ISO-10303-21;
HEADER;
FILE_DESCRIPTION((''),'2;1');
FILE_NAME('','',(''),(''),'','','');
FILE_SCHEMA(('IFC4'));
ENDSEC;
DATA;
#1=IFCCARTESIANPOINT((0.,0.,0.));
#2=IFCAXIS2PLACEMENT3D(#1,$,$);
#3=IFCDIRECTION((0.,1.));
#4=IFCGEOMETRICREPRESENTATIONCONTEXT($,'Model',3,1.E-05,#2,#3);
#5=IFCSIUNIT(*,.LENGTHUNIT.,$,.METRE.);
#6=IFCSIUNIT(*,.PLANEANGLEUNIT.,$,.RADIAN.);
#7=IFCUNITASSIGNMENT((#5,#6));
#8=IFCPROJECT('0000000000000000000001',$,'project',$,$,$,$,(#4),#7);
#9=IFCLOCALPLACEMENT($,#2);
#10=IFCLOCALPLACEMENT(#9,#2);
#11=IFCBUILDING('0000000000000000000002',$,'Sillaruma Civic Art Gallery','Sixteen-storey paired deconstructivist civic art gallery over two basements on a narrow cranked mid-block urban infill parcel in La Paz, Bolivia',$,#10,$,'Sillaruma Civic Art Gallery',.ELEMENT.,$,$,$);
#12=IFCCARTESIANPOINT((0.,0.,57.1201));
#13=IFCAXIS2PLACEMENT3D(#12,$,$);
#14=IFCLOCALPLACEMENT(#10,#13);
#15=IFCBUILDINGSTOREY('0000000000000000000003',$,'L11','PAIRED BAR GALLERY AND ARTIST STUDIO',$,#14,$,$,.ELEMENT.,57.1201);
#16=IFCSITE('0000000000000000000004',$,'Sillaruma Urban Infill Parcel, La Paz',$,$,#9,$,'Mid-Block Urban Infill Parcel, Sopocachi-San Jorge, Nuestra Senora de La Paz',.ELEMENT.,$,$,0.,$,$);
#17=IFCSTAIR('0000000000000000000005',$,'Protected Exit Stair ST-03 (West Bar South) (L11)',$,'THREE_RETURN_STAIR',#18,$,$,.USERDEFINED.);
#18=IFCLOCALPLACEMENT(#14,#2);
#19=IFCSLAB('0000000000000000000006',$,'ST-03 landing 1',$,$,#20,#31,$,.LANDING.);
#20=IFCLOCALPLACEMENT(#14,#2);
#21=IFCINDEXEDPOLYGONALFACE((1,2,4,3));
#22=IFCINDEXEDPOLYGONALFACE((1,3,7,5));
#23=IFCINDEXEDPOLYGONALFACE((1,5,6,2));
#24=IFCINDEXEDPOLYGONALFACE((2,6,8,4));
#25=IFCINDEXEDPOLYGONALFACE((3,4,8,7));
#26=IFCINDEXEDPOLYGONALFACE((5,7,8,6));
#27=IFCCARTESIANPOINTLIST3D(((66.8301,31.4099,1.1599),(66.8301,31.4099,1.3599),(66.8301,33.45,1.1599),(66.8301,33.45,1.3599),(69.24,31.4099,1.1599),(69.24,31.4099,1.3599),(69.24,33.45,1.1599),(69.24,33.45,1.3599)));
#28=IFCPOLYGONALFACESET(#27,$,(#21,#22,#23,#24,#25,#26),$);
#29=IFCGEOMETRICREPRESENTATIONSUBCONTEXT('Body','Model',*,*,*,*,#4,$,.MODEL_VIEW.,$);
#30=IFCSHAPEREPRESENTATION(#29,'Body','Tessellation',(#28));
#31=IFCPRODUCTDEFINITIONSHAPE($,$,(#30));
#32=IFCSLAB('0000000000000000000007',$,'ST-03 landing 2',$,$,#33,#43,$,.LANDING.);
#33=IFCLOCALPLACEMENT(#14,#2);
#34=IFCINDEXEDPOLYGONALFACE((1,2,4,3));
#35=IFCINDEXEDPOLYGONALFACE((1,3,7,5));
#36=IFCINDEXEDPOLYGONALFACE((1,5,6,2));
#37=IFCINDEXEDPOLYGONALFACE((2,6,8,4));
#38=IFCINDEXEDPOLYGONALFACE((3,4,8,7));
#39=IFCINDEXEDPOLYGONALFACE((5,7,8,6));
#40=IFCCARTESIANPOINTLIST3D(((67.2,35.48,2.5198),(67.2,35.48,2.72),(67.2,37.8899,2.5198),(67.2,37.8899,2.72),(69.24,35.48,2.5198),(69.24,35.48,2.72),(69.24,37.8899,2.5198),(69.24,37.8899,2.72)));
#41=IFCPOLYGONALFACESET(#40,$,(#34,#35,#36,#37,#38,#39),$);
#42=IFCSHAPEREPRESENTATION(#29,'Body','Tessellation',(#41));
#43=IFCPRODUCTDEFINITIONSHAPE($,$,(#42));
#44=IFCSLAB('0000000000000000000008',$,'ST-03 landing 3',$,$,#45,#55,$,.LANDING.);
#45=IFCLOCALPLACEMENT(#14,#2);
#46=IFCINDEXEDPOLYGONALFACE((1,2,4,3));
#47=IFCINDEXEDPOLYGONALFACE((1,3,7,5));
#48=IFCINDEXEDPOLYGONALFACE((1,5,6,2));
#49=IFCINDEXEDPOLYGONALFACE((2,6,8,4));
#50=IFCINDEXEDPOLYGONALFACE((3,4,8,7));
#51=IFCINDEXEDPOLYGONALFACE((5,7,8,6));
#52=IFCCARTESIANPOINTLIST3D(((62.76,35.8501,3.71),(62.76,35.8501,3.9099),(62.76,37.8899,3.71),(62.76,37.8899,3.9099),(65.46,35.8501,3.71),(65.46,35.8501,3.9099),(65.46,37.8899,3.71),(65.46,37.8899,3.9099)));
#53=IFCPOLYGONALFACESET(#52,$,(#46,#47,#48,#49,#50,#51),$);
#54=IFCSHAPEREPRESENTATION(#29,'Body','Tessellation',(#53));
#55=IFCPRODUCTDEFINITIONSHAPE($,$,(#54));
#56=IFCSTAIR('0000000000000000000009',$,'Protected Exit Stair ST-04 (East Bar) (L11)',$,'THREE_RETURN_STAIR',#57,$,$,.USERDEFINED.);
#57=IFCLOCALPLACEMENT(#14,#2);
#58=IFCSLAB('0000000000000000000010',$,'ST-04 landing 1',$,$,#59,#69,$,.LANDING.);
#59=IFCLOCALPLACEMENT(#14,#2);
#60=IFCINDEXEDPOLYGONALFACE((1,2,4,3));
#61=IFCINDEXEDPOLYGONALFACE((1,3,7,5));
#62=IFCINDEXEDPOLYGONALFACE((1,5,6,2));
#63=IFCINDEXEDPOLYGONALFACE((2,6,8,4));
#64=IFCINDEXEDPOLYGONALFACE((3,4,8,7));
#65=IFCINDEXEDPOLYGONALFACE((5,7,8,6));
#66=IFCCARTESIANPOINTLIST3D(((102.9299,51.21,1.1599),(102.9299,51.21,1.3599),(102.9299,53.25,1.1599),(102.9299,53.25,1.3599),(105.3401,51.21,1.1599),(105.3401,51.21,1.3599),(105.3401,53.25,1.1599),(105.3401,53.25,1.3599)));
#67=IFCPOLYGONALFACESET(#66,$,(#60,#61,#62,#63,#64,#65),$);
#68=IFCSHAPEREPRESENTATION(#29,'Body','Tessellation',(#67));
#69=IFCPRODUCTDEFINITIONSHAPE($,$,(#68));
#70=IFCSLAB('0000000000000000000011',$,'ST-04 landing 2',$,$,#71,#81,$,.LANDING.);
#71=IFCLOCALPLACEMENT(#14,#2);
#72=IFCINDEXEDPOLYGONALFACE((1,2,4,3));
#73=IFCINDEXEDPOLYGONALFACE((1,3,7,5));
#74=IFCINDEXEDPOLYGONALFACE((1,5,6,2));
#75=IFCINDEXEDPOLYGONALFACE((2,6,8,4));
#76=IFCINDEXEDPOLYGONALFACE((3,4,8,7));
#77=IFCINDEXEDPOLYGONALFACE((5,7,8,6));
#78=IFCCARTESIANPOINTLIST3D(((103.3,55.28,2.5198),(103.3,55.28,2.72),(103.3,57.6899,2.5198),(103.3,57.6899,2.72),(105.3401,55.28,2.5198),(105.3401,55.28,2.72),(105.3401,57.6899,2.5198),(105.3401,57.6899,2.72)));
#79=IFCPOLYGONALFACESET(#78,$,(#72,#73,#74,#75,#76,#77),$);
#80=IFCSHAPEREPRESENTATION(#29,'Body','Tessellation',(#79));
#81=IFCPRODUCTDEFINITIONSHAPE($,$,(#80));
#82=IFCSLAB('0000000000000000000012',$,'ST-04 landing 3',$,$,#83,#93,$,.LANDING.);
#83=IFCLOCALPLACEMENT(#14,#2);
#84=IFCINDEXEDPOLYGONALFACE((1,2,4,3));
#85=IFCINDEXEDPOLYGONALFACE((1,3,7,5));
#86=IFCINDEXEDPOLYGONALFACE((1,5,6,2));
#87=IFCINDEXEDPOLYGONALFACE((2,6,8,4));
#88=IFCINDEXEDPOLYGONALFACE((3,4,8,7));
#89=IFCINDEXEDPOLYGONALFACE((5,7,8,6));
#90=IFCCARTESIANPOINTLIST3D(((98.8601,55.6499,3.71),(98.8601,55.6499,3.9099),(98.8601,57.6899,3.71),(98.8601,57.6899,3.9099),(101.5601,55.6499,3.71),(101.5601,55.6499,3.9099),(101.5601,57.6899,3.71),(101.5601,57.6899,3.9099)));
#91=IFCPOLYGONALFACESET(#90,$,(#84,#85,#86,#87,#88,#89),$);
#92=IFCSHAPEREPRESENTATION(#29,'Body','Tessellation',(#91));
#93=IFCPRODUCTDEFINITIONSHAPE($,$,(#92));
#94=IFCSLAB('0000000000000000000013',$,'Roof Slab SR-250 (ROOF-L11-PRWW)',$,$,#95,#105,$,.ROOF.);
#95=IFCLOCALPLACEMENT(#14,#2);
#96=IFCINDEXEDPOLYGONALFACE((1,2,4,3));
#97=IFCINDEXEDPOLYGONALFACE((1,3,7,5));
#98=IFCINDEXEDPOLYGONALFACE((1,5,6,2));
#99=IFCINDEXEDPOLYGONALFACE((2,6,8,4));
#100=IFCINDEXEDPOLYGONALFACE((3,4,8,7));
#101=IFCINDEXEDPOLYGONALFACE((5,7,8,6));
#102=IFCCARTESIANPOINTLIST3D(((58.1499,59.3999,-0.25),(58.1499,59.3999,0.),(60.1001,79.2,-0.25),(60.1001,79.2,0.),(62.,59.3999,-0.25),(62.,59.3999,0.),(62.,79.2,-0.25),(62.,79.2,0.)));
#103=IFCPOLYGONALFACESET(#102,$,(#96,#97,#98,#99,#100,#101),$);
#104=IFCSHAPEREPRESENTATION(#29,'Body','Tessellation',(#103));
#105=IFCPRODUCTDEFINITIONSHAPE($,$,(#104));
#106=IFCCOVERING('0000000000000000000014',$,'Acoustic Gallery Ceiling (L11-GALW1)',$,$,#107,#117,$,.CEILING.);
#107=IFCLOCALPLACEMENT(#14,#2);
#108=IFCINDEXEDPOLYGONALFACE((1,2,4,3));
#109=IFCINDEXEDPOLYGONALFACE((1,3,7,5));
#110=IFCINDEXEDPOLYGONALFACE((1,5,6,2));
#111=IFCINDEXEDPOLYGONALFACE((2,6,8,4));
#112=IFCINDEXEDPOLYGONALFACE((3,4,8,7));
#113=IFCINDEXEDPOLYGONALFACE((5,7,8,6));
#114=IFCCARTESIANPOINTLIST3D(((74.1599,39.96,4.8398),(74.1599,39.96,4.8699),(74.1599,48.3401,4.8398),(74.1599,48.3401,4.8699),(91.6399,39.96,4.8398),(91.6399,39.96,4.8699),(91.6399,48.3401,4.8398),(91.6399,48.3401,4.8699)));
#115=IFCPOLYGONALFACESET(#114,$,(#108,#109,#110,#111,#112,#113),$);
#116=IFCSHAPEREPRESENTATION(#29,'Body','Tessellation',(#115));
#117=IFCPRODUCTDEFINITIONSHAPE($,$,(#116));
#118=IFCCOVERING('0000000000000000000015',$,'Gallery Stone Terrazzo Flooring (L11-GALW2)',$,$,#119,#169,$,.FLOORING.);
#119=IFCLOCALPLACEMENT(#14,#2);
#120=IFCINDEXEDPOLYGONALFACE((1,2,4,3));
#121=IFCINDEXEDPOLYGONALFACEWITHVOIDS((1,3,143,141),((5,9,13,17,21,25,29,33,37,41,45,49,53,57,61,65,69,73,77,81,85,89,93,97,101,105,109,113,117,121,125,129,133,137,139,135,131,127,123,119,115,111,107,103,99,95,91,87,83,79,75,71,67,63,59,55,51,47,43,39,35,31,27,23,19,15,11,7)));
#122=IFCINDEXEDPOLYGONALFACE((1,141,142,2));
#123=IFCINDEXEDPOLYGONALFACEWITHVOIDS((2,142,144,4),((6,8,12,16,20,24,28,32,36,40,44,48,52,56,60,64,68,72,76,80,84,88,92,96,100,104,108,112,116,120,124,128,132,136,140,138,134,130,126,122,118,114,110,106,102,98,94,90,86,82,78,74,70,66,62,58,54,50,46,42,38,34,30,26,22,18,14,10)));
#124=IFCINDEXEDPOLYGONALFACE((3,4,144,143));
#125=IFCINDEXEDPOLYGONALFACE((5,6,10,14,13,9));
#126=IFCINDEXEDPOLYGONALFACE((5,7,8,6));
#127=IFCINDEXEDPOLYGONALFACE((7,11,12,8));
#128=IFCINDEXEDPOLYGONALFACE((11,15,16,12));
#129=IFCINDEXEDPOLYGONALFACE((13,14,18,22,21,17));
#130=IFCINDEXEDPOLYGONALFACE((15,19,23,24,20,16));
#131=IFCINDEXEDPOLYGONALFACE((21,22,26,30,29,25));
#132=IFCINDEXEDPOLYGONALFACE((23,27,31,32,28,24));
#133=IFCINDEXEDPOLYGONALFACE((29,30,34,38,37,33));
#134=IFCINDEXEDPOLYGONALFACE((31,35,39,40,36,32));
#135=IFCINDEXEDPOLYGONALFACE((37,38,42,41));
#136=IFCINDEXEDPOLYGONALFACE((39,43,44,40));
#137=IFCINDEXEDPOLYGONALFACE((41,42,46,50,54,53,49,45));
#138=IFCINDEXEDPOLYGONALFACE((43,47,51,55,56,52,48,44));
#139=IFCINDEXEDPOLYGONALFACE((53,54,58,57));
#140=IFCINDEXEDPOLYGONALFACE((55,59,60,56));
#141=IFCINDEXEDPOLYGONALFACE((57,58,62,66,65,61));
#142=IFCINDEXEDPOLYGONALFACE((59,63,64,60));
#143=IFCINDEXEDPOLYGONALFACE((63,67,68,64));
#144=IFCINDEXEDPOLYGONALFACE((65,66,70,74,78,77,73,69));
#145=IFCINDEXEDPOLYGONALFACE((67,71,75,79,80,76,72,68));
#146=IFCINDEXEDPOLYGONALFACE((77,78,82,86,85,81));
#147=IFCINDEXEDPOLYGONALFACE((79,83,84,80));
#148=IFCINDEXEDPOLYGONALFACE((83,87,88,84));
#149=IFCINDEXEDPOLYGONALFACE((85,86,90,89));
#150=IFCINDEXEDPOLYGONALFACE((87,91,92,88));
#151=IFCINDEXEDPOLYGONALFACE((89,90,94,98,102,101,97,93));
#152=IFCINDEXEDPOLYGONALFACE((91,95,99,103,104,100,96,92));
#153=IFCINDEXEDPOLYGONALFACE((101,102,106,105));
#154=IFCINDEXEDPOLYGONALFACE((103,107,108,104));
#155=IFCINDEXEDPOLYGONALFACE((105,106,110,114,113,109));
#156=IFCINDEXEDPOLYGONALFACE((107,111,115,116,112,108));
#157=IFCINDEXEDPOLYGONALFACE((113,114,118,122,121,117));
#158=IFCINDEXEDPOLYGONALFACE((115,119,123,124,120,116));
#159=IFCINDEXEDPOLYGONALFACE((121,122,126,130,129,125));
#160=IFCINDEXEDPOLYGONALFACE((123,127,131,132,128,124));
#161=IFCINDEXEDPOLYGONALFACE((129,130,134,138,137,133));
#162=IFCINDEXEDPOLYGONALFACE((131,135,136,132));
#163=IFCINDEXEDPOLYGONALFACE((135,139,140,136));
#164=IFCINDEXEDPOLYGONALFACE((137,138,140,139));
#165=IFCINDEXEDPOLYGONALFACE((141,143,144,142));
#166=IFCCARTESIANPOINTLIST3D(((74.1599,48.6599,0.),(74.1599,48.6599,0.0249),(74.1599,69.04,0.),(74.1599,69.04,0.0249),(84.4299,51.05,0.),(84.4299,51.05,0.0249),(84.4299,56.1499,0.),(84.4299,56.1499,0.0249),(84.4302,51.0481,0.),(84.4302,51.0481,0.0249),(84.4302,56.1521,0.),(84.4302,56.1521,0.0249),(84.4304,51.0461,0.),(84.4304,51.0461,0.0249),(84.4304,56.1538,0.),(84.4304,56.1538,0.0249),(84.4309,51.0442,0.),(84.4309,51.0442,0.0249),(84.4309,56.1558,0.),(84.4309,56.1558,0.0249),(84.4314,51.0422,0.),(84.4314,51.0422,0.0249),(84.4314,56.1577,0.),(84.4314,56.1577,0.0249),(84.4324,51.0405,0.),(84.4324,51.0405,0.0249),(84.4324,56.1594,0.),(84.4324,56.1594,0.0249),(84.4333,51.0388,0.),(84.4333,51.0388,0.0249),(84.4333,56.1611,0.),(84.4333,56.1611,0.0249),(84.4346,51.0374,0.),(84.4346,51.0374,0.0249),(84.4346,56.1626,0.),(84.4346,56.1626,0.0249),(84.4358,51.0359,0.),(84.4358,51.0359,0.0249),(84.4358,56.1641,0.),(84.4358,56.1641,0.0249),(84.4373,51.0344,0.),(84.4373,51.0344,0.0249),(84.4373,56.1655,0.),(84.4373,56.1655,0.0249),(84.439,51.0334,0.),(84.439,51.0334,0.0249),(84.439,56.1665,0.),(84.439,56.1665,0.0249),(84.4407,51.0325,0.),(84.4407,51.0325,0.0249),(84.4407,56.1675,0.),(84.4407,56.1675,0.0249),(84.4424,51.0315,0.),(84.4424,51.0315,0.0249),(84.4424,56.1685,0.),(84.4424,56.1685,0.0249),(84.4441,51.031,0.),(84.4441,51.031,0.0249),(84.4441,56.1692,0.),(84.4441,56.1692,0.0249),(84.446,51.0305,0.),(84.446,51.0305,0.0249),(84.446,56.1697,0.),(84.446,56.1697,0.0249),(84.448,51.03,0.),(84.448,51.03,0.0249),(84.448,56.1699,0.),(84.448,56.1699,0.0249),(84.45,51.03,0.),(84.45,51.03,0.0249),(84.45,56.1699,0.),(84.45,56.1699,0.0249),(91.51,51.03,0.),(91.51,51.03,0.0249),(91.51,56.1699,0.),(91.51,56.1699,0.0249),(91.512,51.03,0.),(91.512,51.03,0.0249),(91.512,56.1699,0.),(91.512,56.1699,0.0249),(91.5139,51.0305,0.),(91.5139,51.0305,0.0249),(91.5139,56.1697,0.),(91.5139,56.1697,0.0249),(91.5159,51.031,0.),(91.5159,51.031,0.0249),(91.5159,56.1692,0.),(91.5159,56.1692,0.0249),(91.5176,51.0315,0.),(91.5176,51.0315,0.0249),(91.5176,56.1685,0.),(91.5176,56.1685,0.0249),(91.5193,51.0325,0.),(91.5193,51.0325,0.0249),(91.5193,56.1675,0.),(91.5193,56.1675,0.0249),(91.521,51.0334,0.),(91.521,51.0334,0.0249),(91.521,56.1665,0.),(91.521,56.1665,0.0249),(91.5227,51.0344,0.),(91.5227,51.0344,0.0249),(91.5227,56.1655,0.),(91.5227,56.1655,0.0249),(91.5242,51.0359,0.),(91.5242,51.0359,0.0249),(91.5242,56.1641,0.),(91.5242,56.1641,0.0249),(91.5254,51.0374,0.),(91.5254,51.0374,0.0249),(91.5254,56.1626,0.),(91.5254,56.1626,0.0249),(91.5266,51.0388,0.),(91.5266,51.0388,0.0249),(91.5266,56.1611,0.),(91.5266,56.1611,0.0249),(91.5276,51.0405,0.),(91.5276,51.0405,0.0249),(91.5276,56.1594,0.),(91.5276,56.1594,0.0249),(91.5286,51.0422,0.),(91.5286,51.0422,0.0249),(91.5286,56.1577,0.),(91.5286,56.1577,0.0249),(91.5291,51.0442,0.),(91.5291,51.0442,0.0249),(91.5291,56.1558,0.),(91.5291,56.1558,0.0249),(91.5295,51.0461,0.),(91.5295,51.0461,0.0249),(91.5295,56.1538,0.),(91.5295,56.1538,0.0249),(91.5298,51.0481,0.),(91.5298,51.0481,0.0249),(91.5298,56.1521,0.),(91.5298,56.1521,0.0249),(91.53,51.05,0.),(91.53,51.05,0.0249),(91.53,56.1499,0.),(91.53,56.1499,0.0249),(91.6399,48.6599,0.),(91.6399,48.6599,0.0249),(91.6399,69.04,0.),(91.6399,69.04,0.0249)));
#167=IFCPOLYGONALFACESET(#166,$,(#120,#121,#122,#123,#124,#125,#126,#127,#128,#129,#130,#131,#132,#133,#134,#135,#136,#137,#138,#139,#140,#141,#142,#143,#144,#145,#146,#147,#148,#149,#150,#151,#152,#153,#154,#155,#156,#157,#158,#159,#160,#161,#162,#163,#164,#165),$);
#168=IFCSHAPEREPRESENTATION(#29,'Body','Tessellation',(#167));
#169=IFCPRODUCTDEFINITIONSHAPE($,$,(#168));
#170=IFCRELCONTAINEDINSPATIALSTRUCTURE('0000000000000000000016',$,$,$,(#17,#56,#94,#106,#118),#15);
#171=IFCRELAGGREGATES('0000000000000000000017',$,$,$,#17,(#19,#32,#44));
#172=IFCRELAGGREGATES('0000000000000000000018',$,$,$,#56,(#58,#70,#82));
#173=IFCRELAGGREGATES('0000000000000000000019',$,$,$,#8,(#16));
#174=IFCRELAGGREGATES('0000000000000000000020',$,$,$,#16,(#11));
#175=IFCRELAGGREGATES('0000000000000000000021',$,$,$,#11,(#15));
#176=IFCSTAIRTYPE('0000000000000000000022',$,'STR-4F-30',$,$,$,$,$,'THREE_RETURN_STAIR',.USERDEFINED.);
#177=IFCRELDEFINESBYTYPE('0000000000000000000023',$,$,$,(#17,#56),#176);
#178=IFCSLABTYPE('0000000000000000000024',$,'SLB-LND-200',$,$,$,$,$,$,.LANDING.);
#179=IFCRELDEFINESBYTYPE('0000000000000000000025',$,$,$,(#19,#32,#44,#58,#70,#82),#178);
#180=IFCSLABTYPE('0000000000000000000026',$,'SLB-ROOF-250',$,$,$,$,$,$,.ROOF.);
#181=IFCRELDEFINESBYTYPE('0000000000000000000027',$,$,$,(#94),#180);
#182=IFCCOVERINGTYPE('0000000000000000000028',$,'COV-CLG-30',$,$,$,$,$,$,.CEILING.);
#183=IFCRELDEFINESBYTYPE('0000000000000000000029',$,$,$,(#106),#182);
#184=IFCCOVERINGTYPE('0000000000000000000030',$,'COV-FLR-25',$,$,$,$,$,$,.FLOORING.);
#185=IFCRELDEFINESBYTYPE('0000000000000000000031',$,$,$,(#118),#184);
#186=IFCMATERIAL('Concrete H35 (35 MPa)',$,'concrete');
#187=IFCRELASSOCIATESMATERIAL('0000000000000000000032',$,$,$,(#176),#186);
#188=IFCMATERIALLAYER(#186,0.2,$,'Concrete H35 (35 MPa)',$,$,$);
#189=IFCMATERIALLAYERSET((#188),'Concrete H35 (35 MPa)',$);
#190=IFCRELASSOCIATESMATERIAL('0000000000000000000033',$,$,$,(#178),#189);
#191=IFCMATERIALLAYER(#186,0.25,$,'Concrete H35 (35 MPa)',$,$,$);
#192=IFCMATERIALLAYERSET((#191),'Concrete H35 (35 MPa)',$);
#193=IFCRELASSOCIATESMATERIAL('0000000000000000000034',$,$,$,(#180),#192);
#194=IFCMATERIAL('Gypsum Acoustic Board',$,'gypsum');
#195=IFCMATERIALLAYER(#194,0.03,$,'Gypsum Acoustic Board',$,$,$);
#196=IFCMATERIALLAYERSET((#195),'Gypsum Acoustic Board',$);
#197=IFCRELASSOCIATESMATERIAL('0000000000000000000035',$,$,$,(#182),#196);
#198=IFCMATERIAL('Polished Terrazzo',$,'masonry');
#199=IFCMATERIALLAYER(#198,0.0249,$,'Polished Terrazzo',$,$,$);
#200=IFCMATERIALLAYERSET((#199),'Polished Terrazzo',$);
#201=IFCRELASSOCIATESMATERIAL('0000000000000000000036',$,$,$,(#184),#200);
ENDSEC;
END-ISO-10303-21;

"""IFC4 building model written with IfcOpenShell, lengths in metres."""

from ifc_helpers import new_model, si_unit, direction, frame, origin, place, context, subcontext, project, spatial, polyline, outline, extrude, material, layer, layer_set, type_object, element, aggregate, save


model = new_model("IFC4")

# Units and contexts
model_context = context("Model", 3, precision=1e-05, world=origin(), true_north=direction((0.0, 1.0)))
body_context = subcontext(model_context, "Body", "Model", "MODEL_VIEW")
ifc_project = project(units=[si_unit("LENGTHUNIT", "METRE"), si_unit("PLANEANGLEUNIT", "RADIAN")], contexts=[model_context])

# Site, building, storey
site_placement = place(None, origin())
site = spatial("IfcSite", under=ifc_project, at=site_placement, Name="Sillaruma Urban Infill Parcel, La Paz", LongName="Mid-Block Urban Infill Parcel, Sopocachi-San Jorge, Nuestra Senora de La Paz", CompositionType="ELEMENT", RefElevation=0.0)
building_placement = place(site_placement, origin())
building = spatial("IfcBuilding", under=site, at=building_placement, Name="Sillaruma Civic Art Gallery", Description="Sixteen-storey paired deconstructivist civic art gallery over two basements on a narrow cranked mid-block urban infill parcel in La Paz, Bolivia", LongName="Sillaruma Civic Art Gallery", CompositionType="ELEMENT")
storey_placement = place(building_placement, frame((0.0, 0.0, 57.1201)))
storey = spatial("IfcBuildingStorey", under=building, at=storey_placement, Name="L11", Description="PAIRED BAR GALLERY AND ARTIST STUDIO", CompositionType="ELEMENT", Elevation=57.1201)

# Shared definitions
ifc_material_1 = material(Name="Concrete H35 (35 MPa)", Category="concrete")

# Stairs, slabs
stair_type_1 = type_object("IfcStairType", Name="STR-4F-30", ElementType="THREE_RETURN_STAIR", PredefinedType="USERDEFINED", material=ifc_material_1)
ifc_layer_1 = layer(ifc_material_1, 0.2, Name="Concrete H35 (35 MPa)")
ifc_layer_set_1 = layer_set([ifc_layer_1], Name="Concrete H35 (35 MPa)")
slab_type_1 = type_object("IfcSlabType", Name="SLB-LND-200", PredefinedType="LANDING", material=ifc_layer_set_1)
stair_1_placement = place(storey_placement, origin())
stair_1 = element("IfcStair", 1, at=stair_1_placement, inside=storey, type_object=stair_type_1, Name="Protected Exit Stair ST-03 (West Bar South) (L11)", ObjectType="THREE_RETURN_STAIR", PredefinedType="USERDEFINED")
slab_1_placement = place(storey_placement, frame((0.0, 0.0, 1.1599)))
slab_1 = element("IfcSlab", 2, at=slab_1_placement, type_object=slab_type_1, Name="ST-03 landing 1", PredefinedType="LANDING", context=body_context, shape_type="SweptSolid", body=[
    extrude(outline(polyline([(66.8301, 31.4099), (69.24, 31.4099), (69.24, 33.45), (66.8301, 33.45), (66.8301, 31.4099)])), origin(), (0.0, 0.0, 1.0), 0.2),
])
slab_2_placement = place(storey_placement, frame((0.0, 0.0, 2.5198)))
slab_2 = element("IfcSlab", 3, at=slab_2_placement, type_object=slab_type_1, Name="ST-03 landing 2", PredefinedType="LANDING", context=body_context, shape_type="SweptSolid", body=[
    extrude(outline(polyline([(67.2, 35.48), (69.24, 35.48), (69.24, 37.8899), (67.2, 37.8899), (67.2, 35.48)])), origin(), (0.0, 0.0, 1.0), 0.2002),
])
slab_3_placement = place(storey_placement, frame((0.0, 0.0, 3.71)))
slab_3 = element("IfcSlab", 4, at=slab_3_placement, type_object=slab_type_1, Name="ST-03 landing 3", PredefinedType="LANDING", context=body_context, shape_type="SweptSolid", body=[
    extrude(outline(polyline([(62.76, 35.8501), (65.46, 35.8501), (65.46, 37.8899), (62.76, 37.8899), (62.76, 35.8501)])), origin(), (0.0, 0.0, 1.0), 0.2),
])
aggregate(stair_1, [slab_1, slab_2, slab_3])
stair_2_placement = place(storey_placement, origin())
stair_2 = element("IfcStair", 5, at=stair_2_placement, inside=storey, type_object=stair_type_1, Name="Protected Exit Stair ST-04 (East Bar) (L11)", ObjectType="THREE_RETURN_STAIR", PredefinedType="USERDEFINED")
slab_4_placement = place(storey_placement, frame((0.0, 0.0, 1.1599)))
slab_4 = element("IfcSlab", 6, at=slab_4_placement, type_object=slab_type_1, Name="ST-04 landing 1", PredefinedType="LANDING", context=body_context, shape_type="SweptSolid", body=[
    extrude(outline(polyline([(102.9299, 51.21), (105.3401, 51.21), (105.3401, 53.25), (102.9299, 53.25), (102.9299, 51.21)])), origin(), (0.0, 0.0, 1.0), 0.2),
])
slab_5_placement = place(storey_placement, frame((0.0, 0.0, 2.5198)))
slab_5 = element("IfcSlab", 7, at=slab_5_placement, type_object=slab_type_1, Name="ST-04 landing 2", PredefinedType="LANDING", context=body_context, shape_type="SweptSolid", body=[
    extrude(outline(polyline([(103.3, 55.28), (105.3401, 55.28), (105.3401, 57.6899), (103.3, 57.6899), (103.3, 55.28)])), origin(), (0.0, 0.0, 1.0), 0.2002),
])
slab_6_placement = place(storey_placement, frame((0.0, 0.0, 3.71)))
slab_6 = element("IfcSlab", 8, at=slab_6_placement, type_object=slab_type_1, Name="ST-04 landing 3", PredefinedType="LANDING", context=body_context, shape_type="SweptSolid", body=[
    extrude(outline(polyline([(98.8601, 55.6499), (101.5601, 55.6499), (101.5601, 57.6899), (98.8601, 57.6899), (98.8601, 55.6499)])), origin(), (0.0, 0.0, 1.0), 0.2),
])
aggregate(stair_2, [slab_4, slab_5, slab_6])

# Slab
ifc_layer_2 = layer(ifc_material_1, 0.25, Name="Concrete H35 (35 MPa)")
ifc_layer_set_2 = layer_set([ifc_layer_2], Name="Concrete H35 (35 MPa)")
slab_type_2 = type_object("IfcSlabType", Name="SLB-ROOF-250", PredefinedType="ROOF", material=ifc_layer_set_2)
slab_7_placement = place(storey_placement, frame((0.0, 0.0, -0.25)))
element("IfcSlab", 9, at=slab_7_placement, inside=storey, type_object=slab_type_2, Name="Roof Slab SR-250 (ROOF-L11-PRWW)", PredefinedType="ROOF", context=body_context, shape_type="SweptSolid", body=[
    extrude(outline(polyline([(62.0, 59.3999), (62.0, 79.2), (60.1001, 79.2), (58.1499, 59.3999), (62.0, 59.3999)])), origin(), (0.0, 0.0, 1.0), 0.25),
])

# Coverings
ifc_material_2 = material(Name="Gypsum Acoustic Board", Category="gypsum")
ifc_layer_3 = layer(ifc_material_2, 0.03, Name="Gypsum Acoustic Board")
ifc_layer_set_3 = layer_set([ifc_layer_3], Name="Gypsum Acoustic Board")
covering_type_1 = type_object("IfcCoveringType", Name="COV-CLG-30", PredefinedType="CEILING", material=ifc_layer_set_3)
covering_1_placement = place(storey_placement, frame((0.0, 0.0, 4.8398)))
element("IfcCovering", 10, at=covering_1_placement, inside=storey, type_object=covering_type_1, Name="Acoustic Gallery Ceiling (L11-GALW1)", PredefinedType="CEILING", context=body_context, shape_type="SweptSolid", body=[
    extrude(outline(polyline([(74.1599, 39.96), (91.6399, 39.96), (91.6399, 48.3401), (74.1599, 48.3401), (74.1599, 39.96)])), origin(), (0.0, 0.0, 1.0), 0.03),
])
ifc_material_3 = material(Name="Polished Terrazzo", Category="masonry")
ifc_layer_4 = layer(ifc_material_3, 0.0249, Name="Polished Terrazzo")
ifc_layer_set_4 = layer_set([ifc_layer_4], Name="Polished Terrazzo")
covering_type_2 = type_object("IfcCoveringType", Name="COV-FLR-25", PredefinedType="FLOORING", material=ifc_layer_set_4)
covering_2_placement = place(storey_placement, origin())
element("IfcCovering", 11, at=covering_2_placement, inside=storey, type_object=covering_type_2, Name="Gallery Stone Terrazzo Flooring (L11-GALW2)", PredefinedType="FLOORING", context=body_context, shape_type="SweptSolid", body=[
    extrude(outline(polyline([(74.1599, 69.04), (91.6399, 69.04), (91.6399, 48.6599), (74.1599, 48.6599), (74.1599, 69.04)]), holes=[polyline([(91.512, 51.03), (91.5139, 51.0305), (91.5159, 51.031), (91.5176, 51.0315), (91.5193, 51.0325), (91.521, 51.0334), (91.5227, 51.0344), (91.5242, 51.0359), (91.5254, 51.0374), (91.5266, 51.0388), (91.5276, 51.0405), (91.5286, 51.0422), (91.5291, 51.0442), (91.5295, 51.0461), (91.5298, 51.0481), (91.53, 51.05), (91.53, 56.1499), (91.5298, 56.1521), (91.5295, 56.1538), (91.5291, 56.1558), (91.5286, 56.1577), (91.5276, 56.1594), (91.5266, 56.1611), (91.5254, 56.1626), (91.5242, 56.1641), (91.5227, 56.1655), (91.521, 56.1665), (91.5193, 56.1675), (91.5176, 56.1685), (91.5159, 56.1692), (91.5139, 56.1697), (91.512, 56.1699), (91.51, 56.1699), (84.45, 56.1699), (84.448, 56.1699), (84.446, 56.1697), (84.4441, 56.1692), (84.4424, 56.1685), (84.4407, 56.1675), (84.439, 56.1665), (84.4373, 56.1655), (84.4358, 56.1641), (84.4346, 56.1626), (84.4333, 56.1611), (84.4324, 56.1594), (84.4314, 56.1577), (84.4309, 56.1558), (84.4304, 56.1538), (84.4302, 56.1521), (84.4299, 56.1499), (84.4299, 51.05), (84.4302, 51.0481), (84.4304, 51.0461), (84.4309, 51.0442), (84.4314, 51.0422), (84.4324, 51.0405), (84.4333, 51.0388), (84.4346, 51.0374), (84.4358, 51.0359), (84.4373, 51.0344), (84.439, 51.0334), (84.4407, 51.0325), (84.4424, 51.0315), (84.4441, 51.031), (84.446, 51.0305), (84.448, 51.03), (84.45, 51.03), (91.51, 51.03), (91.512, 51.03)])]), origin(), (0.0, 0.0, 1.0), 0.0249),
])

save(model, "model.ifc")
